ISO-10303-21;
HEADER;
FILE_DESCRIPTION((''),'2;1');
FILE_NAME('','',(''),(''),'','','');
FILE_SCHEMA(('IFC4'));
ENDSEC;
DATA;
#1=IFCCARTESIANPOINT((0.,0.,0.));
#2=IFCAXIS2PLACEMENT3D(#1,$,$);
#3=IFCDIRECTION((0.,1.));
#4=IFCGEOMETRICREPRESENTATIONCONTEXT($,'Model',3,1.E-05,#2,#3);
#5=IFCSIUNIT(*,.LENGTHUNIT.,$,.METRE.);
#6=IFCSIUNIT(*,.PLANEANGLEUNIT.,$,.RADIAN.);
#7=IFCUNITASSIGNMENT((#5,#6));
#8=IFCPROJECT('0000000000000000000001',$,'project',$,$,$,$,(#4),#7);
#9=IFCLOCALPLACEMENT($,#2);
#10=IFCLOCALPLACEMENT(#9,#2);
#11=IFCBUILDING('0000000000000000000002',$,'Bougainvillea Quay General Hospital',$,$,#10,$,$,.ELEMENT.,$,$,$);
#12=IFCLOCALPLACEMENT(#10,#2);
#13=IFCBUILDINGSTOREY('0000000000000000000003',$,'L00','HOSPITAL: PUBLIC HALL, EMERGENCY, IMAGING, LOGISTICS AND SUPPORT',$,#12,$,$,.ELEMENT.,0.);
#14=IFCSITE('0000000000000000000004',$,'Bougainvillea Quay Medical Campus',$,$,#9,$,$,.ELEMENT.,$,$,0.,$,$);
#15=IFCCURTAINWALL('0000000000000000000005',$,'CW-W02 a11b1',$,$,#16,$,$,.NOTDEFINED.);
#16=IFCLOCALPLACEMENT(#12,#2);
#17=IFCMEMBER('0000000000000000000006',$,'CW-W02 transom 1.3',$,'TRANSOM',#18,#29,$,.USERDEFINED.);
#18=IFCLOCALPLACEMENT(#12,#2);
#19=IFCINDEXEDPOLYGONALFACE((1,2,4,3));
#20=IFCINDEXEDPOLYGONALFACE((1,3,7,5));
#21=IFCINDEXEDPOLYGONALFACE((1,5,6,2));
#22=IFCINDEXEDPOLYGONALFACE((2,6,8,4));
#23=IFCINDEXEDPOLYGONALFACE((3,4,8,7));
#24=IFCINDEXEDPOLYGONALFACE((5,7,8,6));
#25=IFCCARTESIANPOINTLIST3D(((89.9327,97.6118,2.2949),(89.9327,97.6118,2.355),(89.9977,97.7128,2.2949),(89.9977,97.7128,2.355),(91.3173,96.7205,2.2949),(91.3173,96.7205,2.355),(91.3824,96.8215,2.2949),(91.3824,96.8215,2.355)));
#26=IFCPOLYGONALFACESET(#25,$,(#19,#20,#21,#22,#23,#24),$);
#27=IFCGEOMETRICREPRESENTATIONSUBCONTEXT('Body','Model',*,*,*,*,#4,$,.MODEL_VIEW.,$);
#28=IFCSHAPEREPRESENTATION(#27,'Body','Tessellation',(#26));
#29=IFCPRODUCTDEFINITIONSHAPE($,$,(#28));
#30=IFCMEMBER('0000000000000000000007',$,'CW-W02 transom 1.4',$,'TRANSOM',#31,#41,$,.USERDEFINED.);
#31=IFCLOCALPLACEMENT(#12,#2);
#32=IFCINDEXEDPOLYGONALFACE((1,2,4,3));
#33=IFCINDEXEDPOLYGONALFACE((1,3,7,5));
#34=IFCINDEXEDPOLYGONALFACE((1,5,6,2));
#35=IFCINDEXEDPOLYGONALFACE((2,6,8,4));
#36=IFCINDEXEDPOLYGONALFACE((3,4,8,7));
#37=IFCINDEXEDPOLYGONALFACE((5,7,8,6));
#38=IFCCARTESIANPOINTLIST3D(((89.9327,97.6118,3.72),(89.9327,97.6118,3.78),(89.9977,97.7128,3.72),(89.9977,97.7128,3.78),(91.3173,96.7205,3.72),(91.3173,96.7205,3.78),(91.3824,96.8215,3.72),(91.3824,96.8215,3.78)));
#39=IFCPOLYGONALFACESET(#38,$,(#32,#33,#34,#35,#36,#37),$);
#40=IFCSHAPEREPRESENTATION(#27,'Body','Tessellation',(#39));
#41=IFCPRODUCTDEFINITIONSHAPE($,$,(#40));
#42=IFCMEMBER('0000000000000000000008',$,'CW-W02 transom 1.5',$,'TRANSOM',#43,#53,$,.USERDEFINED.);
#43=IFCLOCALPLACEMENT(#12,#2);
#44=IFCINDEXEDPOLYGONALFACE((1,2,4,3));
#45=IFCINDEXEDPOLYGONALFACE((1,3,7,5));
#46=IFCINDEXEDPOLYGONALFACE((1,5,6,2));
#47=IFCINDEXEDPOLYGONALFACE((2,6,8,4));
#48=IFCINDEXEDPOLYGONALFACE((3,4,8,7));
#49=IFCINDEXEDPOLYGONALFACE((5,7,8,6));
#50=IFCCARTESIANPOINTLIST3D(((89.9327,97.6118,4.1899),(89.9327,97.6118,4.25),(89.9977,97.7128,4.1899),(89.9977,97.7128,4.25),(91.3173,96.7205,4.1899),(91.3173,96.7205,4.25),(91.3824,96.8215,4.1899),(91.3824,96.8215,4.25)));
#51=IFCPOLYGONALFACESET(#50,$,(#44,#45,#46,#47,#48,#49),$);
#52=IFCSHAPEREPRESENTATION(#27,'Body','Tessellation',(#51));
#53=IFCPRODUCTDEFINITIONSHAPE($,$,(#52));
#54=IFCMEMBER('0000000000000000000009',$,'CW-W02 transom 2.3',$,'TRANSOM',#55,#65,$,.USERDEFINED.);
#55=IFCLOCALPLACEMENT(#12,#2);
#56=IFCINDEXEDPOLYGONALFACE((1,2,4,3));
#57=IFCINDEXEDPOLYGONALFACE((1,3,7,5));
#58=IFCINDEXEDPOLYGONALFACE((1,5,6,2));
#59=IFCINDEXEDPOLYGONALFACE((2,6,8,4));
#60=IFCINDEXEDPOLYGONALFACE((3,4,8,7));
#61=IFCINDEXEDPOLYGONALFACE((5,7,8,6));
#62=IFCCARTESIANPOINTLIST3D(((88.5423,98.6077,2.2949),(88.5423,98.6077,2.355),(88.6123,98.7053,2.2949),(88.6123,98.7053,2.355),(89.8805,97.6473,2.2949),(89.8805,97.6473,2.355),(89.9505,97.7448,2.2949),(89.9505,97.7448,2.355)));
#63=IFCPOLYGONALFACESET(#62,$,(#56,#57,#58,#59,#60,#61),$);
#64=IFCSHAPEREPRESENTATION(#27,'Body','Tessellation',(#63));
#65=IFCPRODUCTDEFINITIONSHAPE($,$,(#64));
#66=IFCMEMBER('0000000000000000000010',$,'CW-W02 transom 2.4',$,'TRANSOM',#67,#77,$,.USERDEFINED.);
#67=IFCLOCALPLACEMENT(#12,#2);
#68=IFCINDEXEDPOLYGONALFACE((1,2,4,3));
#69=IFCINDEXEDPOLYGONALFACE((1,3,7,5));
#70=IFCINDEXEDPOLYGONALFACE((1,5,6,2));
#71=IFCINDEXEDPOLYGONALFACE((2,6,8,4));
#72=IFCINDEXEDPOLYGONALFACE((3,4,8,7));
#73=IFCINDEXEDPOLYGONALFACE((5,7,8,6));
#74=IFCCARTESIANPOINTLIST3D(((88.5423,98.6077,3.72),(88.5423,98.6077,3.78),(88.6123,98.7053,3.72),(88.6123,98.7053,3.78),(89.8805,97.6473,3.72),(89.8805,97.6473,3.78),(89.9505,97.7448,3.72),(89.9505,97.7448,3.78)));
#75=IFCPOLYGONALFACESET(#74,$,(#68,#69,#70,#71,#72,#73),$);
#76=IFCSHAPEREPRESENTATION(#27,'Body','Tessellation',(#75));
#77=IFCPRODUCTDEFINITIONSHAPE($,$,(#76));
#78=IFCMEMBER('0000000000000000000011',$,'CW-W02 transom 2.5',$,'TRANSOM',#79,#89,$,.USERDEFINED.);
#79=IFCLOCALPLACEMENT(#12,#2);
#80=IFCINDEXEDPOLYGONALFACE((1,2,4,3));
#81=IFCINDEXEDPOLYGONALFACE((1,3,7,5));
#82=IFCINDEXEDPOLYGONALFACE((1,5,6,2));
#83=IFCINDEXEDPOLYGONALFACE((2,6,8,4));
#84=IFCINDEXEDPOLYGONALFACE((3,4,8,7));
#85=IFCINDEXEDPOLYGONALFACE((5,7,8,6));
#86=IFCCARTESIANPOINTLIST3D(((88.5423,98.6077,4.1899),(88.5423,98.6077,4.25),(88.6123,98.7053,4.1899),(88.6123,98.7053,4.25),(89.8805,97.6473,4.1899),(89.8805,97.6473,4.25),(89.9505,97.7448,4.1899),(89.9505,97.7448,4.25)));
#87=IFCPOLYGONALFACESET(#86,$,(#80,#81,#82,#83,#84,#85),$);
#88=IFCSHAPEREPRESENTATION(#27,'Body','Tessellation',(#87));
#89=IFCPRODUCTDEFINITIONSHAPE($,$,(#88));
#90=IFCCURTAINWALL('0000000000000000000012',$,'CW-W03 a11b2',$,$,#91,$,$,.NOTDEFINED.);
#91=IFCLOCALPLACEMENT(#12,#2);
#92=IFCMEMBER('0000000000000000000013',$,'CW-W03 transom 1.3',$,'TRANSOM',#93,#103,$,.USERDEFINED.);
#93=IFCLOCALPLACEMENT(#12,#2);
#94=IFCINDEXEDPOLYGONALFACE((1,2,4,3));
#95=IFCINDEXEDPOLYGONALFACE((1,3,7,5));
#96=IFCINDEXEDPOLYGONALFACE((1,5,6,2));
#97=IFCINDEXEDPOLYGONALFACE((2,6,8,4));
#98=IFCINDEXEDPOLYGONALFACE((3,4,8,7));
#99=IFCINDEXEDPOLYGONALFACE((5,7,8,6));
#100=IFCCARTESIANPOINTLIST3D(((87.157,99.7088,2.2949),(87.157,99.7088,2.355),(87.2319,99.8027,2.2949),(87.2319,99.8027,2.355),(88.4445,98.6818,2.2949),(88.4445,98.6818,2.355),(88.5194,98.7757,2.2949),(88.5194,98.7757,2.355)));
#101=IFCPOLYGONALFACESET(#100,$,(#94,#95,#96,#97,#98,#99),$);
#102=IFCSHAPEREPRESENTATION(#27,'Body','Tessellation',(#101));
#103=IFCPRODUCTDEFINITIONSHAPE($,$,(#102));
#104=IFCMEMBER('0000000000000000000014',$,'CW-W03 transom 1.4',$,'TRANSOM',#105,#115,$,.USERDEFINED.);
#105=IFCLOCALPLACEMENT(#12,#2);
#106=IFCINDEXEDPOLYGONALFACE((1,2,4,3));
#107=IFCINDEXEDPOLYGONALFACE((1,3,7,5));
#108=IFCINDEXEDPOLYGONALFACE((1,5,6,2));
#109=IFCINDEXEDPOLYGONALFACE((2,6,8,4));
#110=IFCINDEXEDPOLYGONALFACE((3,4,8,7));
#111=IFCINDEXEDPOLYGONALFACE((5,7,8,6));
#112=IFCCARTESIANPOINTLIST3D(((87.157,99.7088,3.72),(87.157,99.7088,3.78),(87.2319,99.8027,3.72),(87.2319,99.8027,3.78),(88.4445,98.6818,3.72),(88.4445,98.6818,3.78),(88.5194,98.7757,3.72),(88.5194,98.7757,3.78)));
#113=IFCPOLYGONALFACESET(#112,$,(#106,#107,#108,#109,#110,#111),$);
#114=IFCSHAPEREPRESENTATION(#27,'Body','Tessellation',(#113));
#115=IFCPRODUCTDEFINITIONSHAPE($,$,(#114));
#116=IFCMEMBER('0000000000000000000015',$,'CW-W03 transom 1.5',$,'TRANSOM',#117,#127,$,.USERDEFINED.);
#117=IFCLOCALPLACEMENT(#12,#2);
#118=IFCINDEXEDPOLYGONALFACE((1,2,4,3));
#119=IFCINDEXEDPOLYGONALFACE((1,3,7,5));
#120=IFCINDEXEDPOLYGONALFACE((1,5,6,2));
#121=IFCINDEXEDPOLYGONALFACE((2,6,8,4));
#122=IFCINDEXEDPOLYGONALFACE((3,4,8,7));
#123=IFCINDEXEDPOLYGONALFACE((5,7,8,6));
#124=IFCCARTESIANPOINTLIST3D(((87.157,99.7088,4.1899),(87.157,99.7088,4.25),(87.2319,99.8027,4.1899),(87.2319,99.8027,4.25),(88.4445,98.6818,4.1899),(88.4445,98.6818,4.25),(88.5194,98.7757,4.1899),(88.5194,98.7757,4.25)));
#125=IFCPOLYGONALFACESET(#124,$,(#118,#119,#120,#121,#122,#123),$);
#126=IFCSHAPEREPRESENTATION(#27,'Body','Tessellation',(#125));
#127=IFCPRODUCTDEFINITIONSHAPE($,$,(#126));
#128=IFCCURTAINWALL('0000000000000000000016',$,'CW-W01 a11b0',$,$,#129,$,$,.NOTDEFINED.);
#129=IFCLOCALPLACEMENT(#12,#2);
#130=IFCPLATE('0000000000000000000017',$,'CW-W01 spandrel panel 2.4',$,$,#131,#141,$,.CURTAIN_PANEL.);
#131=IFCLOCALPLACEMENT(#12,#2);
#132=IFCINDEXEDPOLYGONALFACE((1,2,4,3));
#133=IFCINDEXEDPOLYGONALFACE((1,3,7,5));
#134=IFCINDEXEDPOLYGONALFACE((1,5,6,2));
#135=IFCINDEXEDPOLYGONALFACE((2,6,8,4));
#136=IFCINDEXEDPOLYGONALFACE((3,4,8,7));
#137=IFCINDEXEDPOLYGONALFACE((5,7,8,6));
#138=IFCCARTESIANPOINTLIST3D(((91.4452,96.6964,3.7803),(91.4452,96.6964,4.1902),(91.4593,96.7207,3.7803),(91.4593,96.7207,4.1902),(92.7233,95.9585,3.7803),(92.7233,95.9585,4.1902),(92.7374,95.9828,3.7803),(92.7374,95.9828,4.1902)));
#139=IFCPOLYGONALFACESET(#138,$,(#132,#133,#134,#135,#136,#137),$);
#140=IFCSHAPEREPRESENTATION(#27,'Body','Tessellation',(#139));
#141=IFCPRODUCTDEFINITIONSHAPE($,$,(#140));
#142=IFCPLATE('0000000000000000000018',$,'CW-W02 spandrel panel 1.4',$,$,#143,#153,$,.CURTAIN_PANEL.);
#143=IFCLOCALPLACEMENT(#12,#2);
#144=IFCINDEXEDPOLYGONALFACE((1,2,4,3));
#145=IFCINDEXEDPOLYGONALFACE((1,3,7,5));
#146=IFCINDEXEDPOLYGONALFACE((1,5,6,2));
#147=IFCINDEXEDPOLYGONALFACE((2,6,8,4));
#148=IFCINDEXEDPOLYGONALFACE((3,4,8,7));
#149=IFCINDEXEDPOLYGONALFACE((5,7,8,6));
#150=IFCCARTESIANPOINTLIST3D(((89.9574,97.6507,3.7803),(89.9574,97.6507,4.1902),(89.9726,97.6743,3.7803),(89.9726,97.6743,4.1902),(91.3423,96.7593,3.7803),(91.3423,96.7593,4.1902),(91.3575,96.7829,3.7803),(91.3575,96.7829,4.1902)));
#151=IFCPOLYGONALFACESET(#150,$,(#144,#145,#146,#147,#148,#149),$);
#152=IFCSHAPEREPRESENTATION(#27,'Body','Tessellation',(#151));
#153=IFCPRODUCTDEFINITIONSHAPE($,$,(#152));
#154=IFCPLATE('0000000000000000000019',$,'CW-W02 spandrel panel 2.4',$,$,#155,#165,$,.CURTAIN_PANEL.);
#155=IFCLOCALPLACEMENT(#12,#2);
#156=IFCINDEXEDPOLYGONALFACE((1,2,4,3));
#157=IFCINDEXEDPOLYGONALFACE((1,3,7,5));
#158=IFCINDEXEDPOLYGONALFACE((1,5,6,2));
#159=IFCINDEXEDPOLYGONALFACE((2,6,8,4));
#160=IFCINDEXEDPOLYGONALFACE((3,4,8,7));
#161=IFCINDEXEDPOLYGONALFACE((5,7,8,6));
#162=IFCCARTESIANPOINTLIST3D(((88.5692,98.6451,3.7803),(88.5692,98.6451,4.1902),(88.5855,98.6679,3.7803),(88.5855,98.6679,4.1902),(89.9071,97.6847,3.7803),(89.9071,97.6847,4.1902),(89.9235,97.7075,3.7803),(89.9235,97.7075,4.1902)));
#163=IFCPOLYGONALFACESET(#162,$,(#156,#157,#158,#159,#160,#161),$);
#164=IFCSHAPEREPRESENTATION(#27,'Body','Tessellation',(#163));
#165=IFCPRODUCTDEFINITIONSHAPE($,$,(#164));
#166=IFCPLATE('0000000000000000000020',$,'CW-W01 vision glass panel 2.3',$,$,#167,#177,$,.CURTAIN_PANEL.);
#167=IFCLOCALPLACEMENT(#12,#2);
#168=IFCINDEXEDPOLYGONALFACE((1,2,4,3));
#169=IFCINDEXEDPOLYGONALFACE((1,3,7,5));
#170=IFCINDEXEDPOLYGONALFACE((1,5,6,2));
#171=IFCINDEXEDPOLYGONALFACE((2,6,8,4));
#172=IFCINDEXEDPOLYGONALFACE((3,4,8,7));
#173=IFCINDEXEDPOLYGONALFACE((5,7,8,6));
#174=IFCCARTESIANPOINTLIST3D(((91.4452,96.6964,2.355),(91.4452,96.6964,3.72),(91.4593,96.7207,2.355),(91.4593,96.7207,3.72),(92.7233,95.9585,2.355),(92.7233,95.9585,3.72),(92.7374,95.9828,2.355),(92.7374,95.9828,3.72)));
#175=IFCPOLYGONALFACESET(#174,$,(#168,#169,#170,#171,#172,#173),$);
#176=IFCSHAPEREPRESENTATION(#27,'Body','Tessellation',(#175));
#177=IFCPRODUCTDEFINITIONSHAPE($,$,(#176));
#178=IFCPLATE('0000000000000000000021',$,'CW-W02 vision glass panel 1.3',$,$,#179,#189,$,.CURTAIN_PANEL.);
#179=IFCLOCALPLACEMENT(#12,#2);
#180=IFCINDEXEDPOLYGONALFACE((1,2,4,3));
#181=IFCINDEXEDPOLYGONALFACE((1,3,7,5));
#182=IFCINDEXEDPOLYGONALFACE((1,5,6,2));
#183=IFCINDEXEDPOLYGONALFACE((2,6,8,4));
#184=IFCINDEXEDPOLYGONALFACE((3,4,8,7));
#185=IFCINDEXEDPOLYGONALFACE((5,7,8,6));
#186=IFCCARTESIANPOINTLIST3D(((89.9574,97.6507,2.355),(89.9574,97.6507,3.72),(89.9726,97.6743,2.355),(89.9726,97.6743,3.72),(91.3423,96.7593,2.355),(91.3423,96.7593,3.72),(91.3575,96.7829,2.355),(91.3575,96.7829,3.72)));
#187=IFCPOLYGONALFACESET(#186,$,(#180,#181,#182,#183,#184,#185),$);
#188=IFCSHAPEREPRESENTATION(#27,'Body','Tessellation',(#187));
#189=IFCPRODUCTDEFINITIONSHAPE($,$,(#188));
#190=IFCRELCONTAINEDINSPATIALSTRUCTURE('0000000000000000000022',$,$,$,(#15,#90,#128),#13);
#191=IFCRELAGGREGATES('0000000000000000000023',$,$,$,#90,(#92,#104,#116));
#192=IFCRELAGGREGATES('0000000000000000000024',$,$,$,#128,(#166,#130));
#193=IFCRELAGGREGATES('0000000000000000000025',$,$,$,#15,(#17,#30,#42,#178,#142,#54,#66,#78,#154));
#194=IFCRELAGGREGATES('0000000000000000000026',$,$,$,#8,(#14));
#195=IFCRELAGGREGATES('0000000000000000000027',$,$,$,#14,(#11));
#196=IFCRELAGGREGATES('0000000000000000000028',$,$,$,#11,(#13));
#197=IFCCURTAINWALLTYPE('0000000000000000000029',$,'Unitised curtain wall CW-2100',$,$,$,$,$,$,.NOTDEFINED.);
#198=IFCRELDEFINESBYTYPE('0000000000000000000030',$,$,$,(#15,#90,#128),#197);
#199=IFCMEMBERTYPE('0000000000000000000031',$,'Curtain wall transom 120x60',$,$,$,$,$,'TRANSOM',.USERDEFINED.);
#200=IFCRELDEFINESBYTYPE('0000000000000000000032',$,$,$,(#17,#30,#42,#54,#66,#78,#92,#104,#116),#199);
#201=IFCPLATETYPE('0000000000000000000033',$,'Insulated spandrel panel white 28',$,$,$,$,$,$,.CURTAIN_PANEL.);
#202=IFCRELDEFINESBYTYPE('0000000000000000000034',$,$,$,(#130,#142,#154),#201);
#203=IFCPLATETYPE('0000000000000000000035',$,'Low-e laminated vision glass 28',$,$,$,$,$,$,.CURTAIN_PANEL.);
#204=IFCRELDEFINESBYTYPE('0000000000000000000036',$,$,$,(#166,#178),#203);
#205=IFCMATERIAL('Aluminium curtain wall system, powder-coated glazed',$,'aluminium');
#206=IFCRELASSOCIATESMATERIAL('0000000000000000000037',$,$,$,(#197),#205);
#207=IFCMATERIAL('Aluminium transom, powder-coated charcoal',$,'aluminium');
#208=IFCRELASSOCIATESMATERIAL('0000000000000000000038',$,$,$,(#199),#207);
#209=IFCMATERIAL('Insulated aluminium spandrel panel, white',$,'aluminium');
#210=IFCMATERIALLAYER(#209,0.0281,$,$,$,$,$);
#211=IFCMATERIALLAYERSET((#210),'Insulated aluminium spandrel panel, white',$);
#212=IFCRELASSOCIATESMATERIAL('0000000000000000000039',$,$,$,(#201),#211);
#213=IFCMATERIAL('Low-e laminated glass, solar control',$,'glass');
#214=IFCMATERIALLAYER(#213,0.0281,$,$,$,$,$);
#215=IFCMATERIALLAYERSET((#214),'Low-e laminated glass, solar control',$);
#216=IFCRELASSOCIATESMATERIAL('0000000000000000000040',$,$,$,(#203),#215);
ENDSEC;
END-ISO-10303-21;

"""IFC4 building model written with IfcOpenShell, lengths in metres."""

from ifc_helpers import new_model, si_unit, direction, frame, origin, origin_2d, place, context, subcontext, project, spatial, rectangle, extrude, material, layer, layer_set, material_profile, profile_set, type_object, element, aggregate, save


model = new_model("IFC4")

# Units and contexts
model_context = context("Model", 3, precision=1e-05, world=origin(), true_north=direction((0.0, 1.0)))
body_context = subcontext(model_context, "Body", "Model", "MODEL_VIEW")
ifc_project = project(units=[si_unit("LENGTHUNIT", "METRE"), si_unit("PLANEANGLEUNIT", "RADIAN")], contexts=[model_context])

# Site, building, storey
site_placement = place(None, origin())
site = spatial("IfcSite", under=ifc_project, at=site_placement, Name="Bougainvillea Quay Medical Campus", CompositionType="ELEMENT", RefElevation=0.0)
building_placement = place(site_placement, origin())
building = spatial("IfcBuilding", under=site, at=building_placement, Name="Bougainvillea Quay General Hospital", CompositionType="ELEMENT")
storey_placement = place(building_placement, origin())
storey = spatial("IfcBuildingStorey", under=building, at=storey_placement, Name="L00", Description="HOSPITAL: PUBLIC HALL, EMERGENCY, IMAGING, LOGISTICS AND SUPPORT", CompositionType="ELEMENT", Elevation=0.0)

# Curtain walls, members
ifc_material_1 = material(Name="Aluminium curtain wall system, powder-coated glazed", Category="aluminium")
curtain_wall_type = type_object("IfcCurtainWallType", Name="Unitised curtain wall CW-2100", PredefinedType="NOTDEFINED", material=ifc_material_1)
curtain_wall_1_placement = place(storey_placement, origin())
curtain_wall_1 = element("IfcCurtainWall", 1, at=curtain_wall_1_placement, inside=storey, type_object=curtain_wall_type, Name="CW-W02 a11b1", PredefinedType="NOTDEFINED")
ifc_material_2 = material(Name="Aluminium transom, powder-coated charcoal", Category="aluminium")
ifc_material_profile_1 = material_profile(ifc_material_2, rectangle(XDim=0.1201, YDim=0.0601, at=origin_2d()))
ifc_profile_set_1 = profile_set([ifc_material_profile_1], Name="Aluminium transom, powder-coated charcoal")
member_type = type_object("IfcMemberType", Name="Curtain wall transom 120x60", ElementType="TRANSOM", PredefinedType="USERDEFINED", material=ifc_profile_set_1)
member_1_placement = place(storey_placement, frame((91.3499, 96.771, 2.325), z_axis=(-0.84086, 0.541252, 0.0), x_axis=(-0.541252, -0.84086, 0.0)))
member_1 = element("IfcMember", 2, at=member_1_placement, type_object=member_type, Name="CW-W02 transom 1.3", ObjectType="TRANSOM", PredefinedType="USERDEFINED", context=body_context, shape_type="SweptSolid", body=[
    extrude(rectangle(XDim=0.1201, YDim=0.0601, at=origin_2d()), origin(), (0.0, 0.0, 1.0), 1.6467),
])
member_2_placement = place(storey_placement, frame((91.3499, 96.771, 3.75), z_axis=(-0.84086, 0.541252, 0.0), x_axis=(-0.541252, -0.84086, 0.0)))
member_2 = element("IfcMember", 3, at=member_2_placement, type_object=member_type, Name="CW-W02 transom 1.4", ObjectType="TRANSOM", PredefinedType="USERDEFINED", context=body_context, shape_type="SweptSolid", body=[
    extrude(rectangle(XDim=0.1201, YDim=0.0601, at=origin_2d()), origin(), (0.0, 0.0, 1.0), 1.6467),
])
member_3_placement = place(storey_placement, frame((91.3499, 96.771, 4.22), z_axis=(-0.84086, 0.541252, 0.0), x_axis=(-0.541252, -0.84086, 0.0)))
member_3 = element("IfcMember", 4, at=member_3_placement, type_object=member_type, Name="CW-W02 transom 1.5", ObjectType="TRANSOM", PredefinedType="USERDEFINED", context=body_context, shape_type="SweptSolid", body=[
    extrude(rectangle(XDim=0.1201, YDim=0.0601, at=origin_2d()), origin(), (0.0, 0.0, 1.0), 1.6467),
])
member_4_placement = place(storey_placement, frame((89.9155, 97.696, 2.325), z_axis=(-0.812399, 0.583101, 0.0), x_axis=(-0.583101, -0.812399, 0.0)))
member_4 = element("IfcMember", 5, at=member_4_placement, type_object=member_type, Name="CW-W02 transom 2.3", ObjectType="TRANSOM", PredefinedType="USERDEFINED", context=body_context, shape_type="SweptSolid", body=[
    extrude(rectangle(XDim=0.1201, YDim=0.0601, at=origin_2d()), origin(), (0.0, 0.0, 1.0), 1.6472),
])
member_5_placement = place(storey_placement, frame((89.9155, 97.696, 3.75), z_axis=(-0.812399, 0.583101, 0.0), x_axis=(-0.583101, -0.812399, 0.0)))
member_5 = element("IfcMember", 6, at=member_5_placement, type_object=member_type, Name="CW-W02 transom 2.4", ObjectType="TRANSOM", PredefinedType="USERDEFINED", context=body_context, shape_type="SweptSolid", body=[
    extrude(rectangle(XDim=0.1201, YDim=0.0601, at=origin_2d()), origin(), (0.0, 0.0, 1.0), 1.6472),
])
member_6_placement = place(storey_placement, frame((89.9155, 97.696, 4.22), z_axis=(-0.812399, 0.583101, 0.0), x_axis=(-0.583101, -0.812399, 0.0)))
member_6 = element("IfcMember", 7, at=member_6_placement, type_object=member_type, Name="CW-W02 transom 2.5", ObjectType="TRANSOM", PredefinedType="USERDEFINED", context=body_context, shape_type="SweptSolid", body=[
    extrude(rectangle(XDim=0.1201, YDim=0.0601, at=origin_2d()), origin(), (0.0, 0.0, 1.0), 1.6472),
])
curtain_wall_2_placement = place(storey_placement, origin())
curtain_wall_2 = element("IfcCurtainWall", 8, at=curtain_wall_2_placement, inside=storey, type_object=curtain_wall_type, Name="CW-W03 a11b2", PredefinedType="NOTDEFINED")
member_7_placement = place(storey_placement, frame((88.4819, 98.7288, 2.325), z_axis=(-0.78175, 0.623592, 0.0), x_axis=(-0.623592, -0.78175, 0.0)))
member_7 = element("IfcMember", 9, at=member_7_placement, type_object=member_type, Name="CW-W03 transom 1.3", ObjectType="TRANSOM", PredefinedType="USERDEFINED", context=body_context, shape_type="SweptSolid", body=[
    extrude(rectangle(XDim=0.1201, YDim=0.0601, at=origin_2d()), origin(), (0.0, 0.0, 1.0), 1.647),
])
member_8_placement = place(storey_placement, frame((88.4819, 98.7288, 3.75), z_axis=(-0.78175, 0.623592, 0.0), x_axis=(-0.623592, -0.78175, 0.0)))
member_8 = element("IfcMember", 10, at=member_8_placement, type_object=member_type, Name="CW-W03 transom 1.4", ObjectType="TRANSOM", PredefinedType="USERDEFINED", context=body_context, shape_type="SweptSolid", body=[
    extrude(rectangle(XDim=0.1201, YDim=0.0601, at=origin_2d()), origin(), (0.0, 0.0, 1.0), 1.647),
])
member_9_placement = place(storey_placement, frame((88.4819, 98.7288, 4.22), z_axis=(-0.78175, 0.623592, 0.0), x_axis=(-0.623592, -0.78175, 0.0)))
member_9 = element("IfcMember", 11, at=member_9_placement, type_object=member_type, Name="CW-W03 transom 1.5", ObjectType="TRANSOM", PredefinedType="USERDEFINED", context=body_context, shape_type="SweptSolid", body=[
    extrude(rectangle(XDim=0.1201, YDim=0.0601, at=origin_2d()), origin(), (0.0, 0.0, 1.0), 1.647),
])
aggregate(curtain_wall_2, [member_7, member_8, member_9])

# Curtain wall, plate
curtain_wall_3_placement = place(storey_placement, origin())
curtain_wall_3 = element("IfcCurtainWall", 12, at=curtain_wall_3_placement, inside=storey, type_object=curtain_wall_type, Name="CW-W01 a11b0", PredefinedType="NOTDEFINED")
ifc_material_3 = material(Name="Insulated aluminium spandrel panel, white", Category="aluminium")
ifc_layer_1 = layer(ifc_material_3, 0.0281)
ifc_layer_set_1 = layer_set([ifc_layer_1], Name="Insulated aluminium spandrel panel, white")
plate_type_1 = type_object("IfcPlateType", Name="Insulated spandrel panel white 28", PredefinedType="CURTAIN_PANEL", material=ifc_layer_set_1)
plate_1_placement = place(storey_placement, frame((92.0913, 96.3396, 3.7803), z_axis=(0.0, 0.0, 1.0), x_axis=(-0.866007, 0.500031, 0.0)))
plate_1 = element("IfcPlate", 13, at=plate_1_placement, type_object=plate_type_1, Name="CW-W01 spandrel panel 2.4", PredefinedType="CURTAIN_PANEL", context=body_context, shape_type="SweptSolid", body=[
    extrude(rectangle(XDim=1.4758, YDim=0.0281, at=origin_2d()), origin(), (0.0, 0.0, 1.0), 0.4099),
])

# Plates
plate_2_placement = place(storey_placement, frame((90.6575, 97.2168, 3.7803), z_axis=(0.0, 0.0, 1.0), x_axis=(-0.840897, 0.541195, 0.0)))
plate_2 = element("IfcPlate", 14, at=plate_2_placement, type_object=plate_type_1, Name="CW-W02 spandrel panel 1.4", PredefinedType="CURTAIN_PANEL", context=body_context, shape_type="SweptSolid", body=[
    extrude(rectangle(XDim=1.647, YDim=0.0281, at=origin_2d()), origin(), (0.0, 0.0, 1.0), 0.4099),
])
plate_3_placement = place(storey_placement, frame((89.2463, 98.1763, 3.7803), z_axis=(0.0, 0.0, 1.0), x_axis=(-0.812379, 0.58313, 0.0)))
plate_3 = element("IfcPlate", 15, at=plate_3_placement, type_object=plate_type_1, Name="CW-W02 spandrel panel 2.4", PredefinedType="CURTAIN_PANEL", context=body_context, shape_type="SweptSolid", body=[
    extrude(rectangle(XDim=1.647, YDim=0.0281, at=origin_2d()), origin(), (0.0, 0.0, 1.0), 0.4099),
])
ifc_material_4 = material(Name="Low-e laminated glass, solar control", Category="glass")
ifc_layer_2 = layer(ifc_material_4, 0.0281)
ifc_layer_set_2 = layer_set([ifc_layer_2], Name="Low-e laminated glass, solar control")
plate_type_2 = type_object("IfcPlateType", Name="Low-e laminated vision glass 28", PredefinedType="CURTAIN_PANEL", material=ifc_layer_set_2)
plate_4_placement = place(storey_placement, frame((92.0913, 96.3396, 2.355), z_axis=(0.0, 0.0, 1.0), x_axis=(-0.866007, 0.500031, 0.0)))
plate_4 = element("IfcPlate", 16, at=plate_4_placement, type_object=plate_type_2, Name="CW-W01 vision glass panel 2.3", PredefinedType="CURTAIN_PANEL", context=body_context, shape_type="SweptSolid", body=[
    extrude(rectangle(XDim=1.4758, YDim=0.0281, at=origin_2d()), origin(), (0.0, 0.0, 1.0), 1.365),
])
aggregate(curtain_wall_3, [plate_4, plate_1])
plate_5_placement = place(storey_placement, frame((90.6575, 97.2168, 2.355), z_axis=(0.0, 0.0, 1.0), x_axis=(-0.840897, 0.541195, 0.0)))
plate_5 = element("IfcPlate", 17, at=plate_5_placement, type_object=plate_type_2, Name="CW-W02 vision glass panel 1.3", PredefinedType="CURTAIN_PANEL", context=body_context, shape_type="SweptSolid", body=[
    extrude(rectangle(XDim=1.647, YDim=0.0281, at=origin_2d()), origin(), (0.0, 0.0, 1.0), 1.365),
])
aggregate(curtain_wall_1, [member_1, member_2, member_3, plate_5, plate_2, member_4, member_5, member_6, plate_3])

save(model, "model.ifc")
